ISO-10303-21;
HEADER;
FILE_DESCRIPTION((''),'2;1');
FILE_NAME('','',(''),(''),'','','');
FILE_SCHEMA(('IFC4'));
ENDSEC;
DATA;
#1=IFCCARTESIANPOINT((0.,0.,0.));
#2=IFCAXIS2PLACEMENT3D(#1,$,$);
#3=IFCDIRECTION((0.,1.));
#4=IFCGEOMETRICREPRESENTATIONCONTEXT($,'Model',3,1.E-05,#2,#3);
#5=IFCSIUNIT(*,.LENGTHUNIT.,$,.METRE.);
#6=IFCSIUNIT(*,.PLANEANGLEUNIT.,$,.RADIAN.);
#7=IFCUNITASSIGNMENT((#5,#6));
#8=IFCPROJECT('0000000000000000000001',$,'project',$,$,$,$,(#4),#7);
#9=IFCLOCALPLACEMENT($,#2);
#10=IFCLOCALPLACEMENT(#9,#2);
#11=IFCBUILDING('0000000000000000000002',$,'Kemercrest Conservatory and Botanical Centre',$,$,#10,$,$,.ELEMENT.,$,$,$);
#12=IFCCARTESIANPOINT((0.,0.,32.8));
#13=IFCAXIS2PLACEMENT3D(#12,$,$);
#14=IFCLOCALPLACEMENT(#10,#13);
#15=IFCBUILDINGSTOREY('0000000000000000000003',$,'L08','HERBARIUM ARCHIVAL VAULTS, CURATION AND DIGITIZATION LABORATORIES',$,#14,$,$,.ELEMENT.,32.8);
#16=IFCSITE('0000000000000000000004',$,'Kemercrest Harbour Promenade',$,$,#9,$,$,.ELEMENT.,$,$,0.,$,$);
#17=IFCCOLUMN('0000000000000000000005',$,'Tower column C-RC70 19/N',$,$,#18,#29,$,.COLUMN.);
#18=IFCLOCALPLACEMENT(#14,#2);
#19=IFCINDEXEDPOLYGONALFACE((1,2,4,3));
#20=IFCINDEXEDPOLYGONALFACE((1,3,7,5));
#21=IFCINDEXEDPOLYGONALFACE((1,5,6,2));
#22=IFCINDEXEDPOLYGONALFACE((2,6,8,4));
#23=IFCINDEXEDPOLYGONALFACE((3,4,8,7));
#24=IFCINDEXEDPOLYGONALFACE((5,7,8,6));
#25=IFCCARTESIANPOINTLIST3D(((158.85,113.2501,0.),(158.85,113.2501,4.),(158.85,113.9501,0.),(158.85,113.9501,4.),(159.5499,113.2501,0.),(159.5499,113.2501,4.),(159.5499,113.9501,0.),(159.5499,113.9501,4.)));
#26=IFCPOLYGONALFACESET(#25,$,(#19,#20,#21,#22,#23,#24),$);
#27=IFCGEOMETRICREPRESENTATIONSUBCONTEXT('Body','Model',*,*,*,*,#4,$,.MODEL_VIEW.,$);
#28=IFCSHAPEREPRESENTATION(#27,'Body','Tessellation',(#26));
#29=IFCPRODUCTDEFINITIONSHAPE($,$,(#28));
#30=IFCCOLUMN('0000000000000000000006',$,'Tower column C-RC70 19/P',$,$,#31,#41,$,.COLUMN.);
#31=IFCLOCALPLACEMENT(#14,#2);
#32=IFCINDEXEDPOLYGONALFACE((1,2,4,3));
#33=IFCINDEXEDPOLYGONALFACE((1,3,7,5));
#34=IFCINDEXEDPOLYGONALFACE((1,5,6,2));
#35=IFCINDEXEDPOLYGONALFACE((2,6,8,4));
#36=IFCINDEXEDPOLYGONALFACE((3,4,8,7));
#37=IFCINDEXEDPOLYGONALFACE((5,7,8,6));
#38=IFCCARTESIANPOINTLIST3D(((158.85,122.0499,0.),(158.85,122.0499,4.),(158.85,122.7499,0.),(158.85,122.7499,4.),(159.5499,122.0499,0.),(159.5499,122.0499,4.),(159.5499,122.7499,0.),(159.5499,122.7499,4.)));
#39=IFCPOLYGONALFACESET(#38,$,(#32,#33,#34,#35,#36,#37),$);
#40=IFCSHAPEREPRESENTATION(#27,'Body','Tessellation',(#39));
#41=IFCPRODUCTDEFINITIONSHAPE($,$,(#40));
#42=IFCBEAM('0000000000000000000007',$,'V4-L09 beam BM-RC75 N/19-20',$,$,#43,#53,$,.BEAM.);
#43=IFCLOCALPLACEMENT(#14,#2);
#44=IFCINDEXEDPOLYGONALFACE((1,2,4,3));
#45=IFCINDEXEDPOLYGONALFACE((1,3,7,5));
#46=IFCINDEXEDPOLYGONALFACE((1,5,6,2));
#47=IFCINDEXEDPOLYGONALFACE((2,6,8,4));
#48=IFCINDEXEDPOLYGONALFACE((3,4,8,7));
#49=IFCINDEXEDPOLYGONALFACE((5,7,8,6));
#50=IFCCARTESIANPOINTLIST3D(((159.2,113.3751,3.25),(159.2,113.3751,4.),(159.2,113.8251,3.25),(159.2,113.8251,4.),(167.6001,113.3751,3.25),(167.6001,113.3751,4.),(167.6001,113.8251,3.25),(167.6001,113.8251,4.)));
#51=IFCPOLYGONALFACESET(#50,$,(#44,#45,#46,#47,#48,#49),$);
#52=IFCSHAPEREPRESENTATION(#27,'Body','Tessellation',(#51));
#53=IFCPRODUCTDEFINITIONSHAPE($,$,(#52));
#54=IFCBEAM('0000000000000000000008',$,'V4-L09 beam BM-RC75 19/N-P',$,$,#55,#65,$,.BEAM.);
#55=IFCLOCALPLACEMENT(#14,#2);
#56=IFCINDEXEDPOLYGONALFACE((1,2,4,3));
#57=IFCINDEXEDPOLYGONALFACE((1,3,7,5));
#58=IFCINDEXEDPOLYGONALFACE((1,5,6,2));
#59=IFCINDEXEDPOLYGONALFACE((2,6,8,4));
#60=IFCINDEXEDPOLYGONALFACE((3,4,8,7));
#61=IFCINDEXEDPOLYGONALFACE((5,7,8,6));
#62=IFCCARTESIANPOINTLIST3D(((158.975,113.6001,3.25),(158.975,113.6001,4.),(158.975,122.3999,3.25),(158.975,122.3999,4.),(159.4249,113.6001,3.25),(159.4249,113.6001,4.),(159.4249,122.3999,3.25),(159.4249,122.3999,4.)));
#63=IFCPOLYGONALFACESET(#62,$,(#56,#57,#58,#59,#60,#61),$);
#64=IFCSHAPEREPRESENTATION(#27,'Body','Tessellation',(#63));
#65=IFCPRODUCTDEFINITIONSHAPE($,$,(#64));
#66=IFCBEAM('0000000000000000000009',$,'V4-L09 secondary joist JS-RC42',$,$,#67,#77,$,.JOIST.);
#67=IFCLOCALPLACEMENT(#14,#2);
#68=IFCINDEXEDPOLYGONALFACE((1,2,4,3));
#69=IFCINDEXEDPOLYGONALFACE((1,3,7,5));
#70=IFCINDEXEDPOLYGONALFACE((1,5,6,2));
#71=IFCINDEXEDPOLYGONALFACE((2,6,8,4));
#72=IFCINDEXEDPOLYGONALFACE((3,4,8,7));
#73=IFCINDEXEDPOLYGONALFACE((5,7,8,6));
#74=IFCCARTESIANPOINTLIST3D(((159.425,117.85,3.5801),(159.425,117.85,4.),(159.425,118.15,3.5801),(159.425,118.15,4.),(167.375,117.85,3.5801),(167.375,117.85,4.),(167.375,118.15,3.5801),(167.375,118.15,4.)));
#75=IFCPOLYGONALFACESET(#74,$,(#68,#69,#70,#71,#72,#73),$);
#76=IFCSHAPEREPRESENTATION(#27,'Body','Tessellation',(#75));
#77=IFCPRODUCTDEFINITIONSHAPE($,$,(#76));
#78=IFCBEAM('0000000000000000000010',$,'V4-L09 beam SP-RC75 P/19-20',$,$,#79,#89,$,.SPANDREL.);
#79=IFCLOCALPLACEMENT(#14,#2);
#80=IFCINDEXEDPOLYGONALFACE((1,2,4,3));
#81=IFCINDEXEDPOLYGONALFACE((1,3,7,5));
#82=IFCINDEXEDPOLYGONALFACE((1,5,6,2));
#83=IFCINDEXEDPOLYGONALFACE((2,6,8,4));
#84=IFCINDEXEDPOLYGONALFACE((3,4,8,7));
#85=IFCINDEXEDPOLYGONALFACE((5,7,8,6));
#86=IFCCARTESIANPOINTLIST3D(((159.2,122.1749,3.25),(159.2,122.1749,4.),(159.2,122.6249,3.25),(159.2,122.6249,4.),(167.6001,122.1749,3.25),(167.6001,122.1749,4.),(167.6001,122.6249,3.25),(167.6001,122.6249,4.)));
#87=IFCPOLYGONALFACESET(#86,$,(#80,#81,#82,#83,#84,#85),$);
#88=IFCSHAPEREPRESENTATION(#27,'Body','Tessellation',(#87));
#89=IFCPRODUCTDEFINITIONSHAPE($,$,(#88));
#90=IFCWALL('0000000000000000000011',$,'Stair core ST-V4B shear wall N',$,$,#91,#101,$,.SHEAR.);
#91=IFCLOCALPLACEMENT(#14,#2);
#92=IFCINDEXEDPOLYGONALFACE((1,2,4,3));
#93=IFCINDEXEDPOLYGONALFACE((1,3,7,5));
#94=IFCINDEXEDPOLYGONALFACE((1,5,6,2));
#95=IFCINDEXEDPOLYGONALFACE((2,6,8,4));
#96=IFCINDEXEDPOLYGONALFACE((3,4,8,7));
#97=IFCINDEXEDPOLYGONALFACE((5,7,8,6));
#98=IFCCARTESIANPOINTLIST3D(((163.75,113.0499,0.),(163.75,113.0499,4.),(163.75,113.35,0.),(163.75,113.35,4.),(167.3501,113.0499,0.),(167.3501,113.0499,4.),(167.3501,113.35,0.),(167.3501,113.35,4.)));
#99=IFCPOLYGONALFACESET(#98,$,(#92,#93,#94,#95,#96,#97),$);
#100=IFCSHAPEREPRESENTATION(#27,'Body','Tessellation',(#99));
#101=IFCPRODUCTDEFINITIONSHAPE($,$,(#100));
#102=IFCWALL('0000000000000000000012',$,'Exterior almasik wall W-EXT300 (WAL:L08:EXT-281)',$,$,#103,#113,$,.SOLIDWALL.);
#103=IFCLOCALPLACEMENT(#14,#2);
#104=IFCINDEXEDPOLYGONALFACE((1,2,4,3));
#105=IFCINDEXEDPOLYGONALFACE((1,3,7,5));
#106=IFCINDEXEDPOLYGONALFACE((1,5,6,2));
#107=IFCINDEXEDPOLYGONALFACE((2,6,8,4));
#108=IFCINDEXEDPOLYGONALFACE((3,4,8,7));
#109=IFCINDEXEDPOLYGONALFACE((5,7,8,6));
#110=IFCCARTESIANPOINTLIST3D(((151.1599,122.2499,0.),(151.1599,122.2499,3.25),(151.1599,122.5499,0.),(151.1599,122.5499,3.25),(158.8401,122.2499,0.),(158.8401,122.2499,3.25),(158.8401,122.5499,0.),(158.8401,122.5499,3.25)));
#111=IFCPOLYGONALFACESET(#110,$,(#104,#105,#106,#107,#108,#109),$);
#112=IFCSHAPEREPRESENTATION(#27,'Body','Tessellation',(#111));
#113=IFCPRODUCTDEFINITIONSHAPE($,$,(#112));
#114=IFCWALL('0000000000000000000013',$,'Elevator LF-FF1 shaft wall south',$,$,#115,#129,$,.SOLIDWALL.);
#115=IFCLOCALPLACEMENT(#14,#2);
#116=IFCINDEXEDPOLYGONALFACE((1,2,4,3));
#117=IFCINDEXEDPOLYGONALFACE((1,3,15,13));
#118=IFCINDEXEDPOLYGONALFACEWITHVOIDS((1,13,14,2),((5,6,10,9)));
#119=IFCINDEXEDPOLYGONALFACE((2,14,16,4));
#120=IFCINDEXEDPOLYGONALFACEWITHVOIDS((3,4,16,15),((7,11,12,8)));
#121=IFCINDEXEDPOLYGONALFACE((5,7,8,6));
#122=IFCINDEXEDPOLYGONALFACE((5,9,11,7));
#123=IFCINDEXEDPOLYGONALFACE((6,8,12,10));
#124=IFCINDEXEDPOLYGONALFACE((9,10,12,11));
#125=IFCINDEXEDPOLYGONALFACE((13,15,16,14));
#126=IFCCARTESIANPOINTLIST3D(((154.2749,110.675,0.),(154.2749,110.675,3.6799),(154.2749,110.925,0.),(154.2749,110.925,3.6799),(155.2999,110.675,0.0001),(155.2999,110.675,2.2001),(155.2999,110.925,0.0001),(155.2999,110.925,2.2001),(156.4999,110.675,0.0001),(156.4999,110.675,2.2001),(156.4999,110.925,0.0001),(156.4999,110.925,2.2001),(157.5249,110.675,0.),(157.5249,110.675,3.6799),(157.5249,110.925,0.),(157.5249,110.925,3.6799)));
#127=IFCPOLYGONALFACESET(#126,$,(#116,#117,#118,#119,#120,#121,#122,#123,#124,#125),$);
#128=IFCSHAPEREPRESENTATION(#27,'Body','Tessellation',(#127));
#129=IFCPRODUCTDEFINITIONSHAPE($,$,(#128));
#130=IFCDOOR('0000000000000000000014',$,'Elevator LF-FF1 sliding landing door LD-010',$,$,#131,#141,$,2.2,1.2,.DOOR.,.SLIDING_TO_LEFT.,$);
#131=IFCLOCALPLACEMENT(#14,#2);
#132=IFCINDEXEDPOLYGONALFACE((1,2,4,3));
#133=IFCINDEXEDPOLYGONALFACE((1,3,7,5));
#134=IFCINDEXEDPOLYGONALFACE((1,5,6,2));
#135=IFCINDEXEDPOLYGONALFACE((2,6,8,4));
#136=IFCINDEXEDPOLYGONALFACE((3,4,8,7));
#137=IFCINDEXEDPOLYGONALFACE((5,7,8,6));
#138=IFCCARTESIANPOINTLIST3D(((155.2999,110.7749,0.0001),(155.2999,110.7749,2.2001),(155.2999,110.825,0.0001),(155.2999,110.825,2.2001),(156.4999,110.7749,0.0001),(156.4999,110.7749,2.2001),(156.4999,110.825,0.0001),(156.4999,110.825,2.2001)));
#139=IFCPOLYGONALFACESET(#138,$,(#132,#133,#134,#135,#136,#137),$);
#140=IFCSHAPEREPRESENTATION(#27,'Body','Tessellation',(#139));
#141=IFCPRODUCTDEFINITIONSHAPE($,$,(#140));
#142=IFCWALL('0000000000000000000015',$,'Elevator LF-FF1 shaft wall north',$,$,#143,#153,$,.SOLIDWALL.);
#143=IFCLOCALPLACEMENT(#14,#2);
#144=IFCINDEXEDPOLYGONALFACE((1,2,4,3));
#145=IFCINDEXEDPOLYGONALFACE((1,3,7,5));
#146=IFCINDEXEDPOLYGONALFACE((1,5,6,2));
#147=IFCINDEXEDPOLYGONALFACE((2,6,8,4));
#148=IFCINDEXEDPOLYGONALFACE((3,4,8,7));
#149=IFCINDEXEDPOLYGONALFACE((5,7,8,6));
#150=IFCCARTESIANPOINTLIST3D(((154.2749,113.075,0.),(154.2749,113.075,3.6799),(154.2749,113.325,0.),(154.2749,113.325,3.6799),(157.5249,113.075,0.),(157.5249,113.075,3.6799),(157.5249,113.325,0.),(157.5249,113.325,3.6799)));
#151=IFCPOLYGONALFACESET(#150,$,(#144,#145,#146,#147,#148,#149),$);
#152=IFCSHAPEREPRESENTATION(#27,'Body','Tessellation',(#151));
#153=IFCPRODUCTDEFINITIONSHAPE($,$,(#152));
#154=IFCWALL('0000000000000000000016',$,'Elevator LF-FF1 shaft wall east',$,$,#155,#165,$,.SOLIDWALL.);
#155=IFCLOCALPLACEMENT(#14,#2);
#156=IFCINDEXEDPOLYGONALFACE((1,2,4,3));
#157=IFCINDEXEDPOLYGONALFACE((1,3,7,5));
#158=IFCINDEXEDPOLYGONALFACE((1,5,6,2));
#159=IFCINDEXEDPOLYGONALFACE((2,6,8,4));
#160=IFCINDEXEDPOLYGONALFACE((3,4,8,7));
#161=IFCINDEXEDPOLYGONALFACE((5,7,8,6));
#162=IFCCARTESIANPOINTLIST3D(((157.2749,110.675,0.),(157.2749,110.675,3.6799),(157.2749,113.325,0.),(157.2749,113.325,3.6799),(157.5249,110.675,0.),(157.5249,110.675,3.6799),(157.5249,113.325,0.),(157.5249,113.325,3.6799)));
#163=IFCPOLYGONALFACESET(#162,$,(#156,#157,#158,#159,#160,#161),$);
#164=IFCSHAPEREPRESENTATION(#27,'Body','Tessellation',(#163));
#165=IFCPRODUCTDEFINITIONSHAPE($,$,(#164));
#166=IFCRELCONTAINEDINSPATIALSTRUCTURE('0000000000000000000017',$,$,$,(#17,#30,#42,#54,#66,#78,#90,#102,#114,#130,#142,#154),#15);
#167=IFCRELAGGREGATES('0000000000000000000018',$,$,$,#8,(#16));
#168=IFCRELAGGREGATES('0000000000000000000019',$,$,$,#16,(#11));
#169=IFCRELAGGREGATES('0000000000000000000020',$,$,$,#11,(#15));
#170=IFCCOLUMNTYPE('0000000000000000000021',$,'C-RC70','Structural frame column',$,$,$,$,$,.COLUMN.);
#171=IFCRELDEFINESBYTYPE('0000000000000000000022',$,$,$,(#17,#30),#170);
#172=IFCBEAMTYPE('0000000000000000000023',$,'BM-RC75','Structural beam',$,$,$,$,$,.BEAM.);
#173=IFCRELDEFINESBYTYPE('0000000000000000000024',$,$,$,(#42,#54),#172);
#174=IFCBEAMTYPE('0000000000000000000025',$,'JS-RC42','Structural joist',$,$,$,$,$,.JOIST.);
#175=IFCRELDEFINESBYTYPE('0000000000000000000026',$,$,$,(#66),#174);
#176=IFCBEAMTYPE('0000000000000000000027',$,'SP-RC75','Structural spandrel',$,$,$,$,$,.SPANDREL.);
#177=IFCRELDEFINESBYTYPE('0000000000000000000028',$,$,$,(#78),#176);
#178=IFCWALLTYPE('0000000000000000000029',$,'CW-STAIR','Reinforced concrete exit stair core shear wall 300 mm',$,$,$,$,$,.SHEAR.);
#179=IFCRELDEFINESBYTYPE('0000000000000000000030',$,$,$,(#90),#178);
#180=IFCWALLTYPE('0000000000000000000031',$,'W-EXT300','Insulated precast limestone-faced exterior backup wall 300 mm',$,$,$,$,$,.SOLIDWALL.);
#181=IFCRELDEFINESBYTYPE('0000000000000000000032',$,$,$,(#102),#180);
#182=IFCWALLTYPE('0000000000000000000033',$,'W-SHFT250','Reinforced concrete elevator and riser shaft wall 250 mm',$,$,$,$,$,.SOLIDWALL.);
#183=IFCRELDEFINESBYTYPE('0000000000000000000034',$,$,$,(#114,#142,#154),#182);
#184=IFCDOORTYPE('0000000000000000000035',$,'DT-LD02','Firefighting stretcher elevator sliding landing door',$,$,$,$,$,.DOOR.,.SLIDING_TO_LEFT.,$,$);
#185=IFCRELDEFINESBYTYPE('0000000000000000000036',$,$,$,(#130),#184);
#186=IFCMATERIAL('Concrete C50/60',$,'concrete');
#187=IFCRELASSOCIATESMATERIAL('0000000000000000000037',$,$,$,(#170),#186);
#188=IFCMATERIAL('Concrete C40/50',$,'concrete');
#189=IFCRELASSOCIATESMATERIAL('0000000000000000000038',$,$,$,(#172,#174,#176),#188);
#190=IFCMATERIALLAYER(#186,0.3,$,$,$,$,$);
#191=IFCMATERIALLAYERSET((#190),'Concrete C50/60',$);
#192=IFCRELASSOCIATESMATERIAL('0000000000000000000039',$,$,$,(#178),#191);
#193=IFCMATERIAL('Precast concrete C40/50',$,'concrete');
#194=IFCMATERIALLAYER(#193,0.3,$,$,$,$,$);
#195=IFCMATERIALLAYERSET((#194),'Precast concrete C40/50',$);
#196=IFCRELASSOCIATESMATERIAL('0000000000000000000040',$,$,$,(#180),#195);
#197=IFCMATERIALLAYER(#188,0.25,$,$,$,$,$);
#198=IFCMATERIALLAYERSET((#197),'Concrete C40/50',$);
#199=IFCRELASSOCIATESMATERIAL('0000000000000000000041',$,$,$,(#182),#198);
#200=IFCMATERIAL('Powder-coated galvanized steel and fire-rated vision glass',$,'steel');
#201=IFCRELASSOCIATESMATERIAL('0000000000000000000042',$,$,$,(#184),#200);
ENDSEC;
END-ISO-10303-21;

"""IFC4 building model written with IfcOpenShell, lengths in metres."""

from ifc_helpers import new_model, si_unit, direction, frame, frame_2d, origin, origin_2d, place, context, subcontext, project, spatial, rectangle, extrude, material, layer, layer_set, material_profile, profile_set, type_object, element, fill, save


model = new_model("IFC4")

# Units and contexts
model_context = context("Model", 3, precision=1e-05, world=origin(), true_north=direction((0.0, 1.0)))
body_context = subcontext(model_context, "Body", "Model", "MODEL_VIEW")
ifc_project = project(units=[si_unit("LENGTHUNIT", "METRE"), si_unit("PLANEANGLEUNIT", "RADIAN")], contexts=[model_context])

# Site, building, storey
site_placement = place(None, origin())
site = spatial("IfcSite", under=ifc_project, at=site_placement, Name="Kemercrest Harbour Promenade", CompositionType="ELEMENT", RefElevation=0.0)
building_placement = place(site_placement, origin())
building = spatial("IfcBuilding", under=site, at=building_placement, Name="Kemercrest Conservatory and Botanical Centre", CompositionType="ELEMENT")
storey_placement = place(building_placement, frame((0.0, 0.0, 32.8)))
storey = spatial("IfcBuildingStorey", under=building, at=storey_placement, Name="L08", Description="HERBARIUM ARCHIVAL VAULTS, CURATION AND DIGITIZATION LABORATORIES", CompositionType="ELEMENT", Elevation=32.8)

# Columns
ifc_material_1 = material(Name="Concrete C50/60", Category="concrete")
ifc_material_profile_1 = material_profile(ifc_material_1, rectangle(XDim=0.7, YDim=0.7, at=origin_2d()), Name="RC 700x700")
ifc_profile_set_1 = profile_set([ifc_material_profile_1], Name="Concrete C50/60")
column_type = type_object("IfcColumnType", Name="C-RC70", Description="Structural frame column", PredefinedType="COLUMN", material=ifc_profile_set_1)
for number, where, z_axis, x_axis, name in (
    (1, (159.2, 113.6001, 0.0), (0.0, 0.0, 1.0), (1.0, 0.0, 0.0), "Tower column C-RC70 19/N"),
    (2, (159.2, 122.3999, 0.0), (0.0, 0.0, 1.0), (1.0, 0.0, 0.0), "Tower column C-RC70 19/P"),
):
    element("IfcColumn", number, at=place(storey_placement, frame(where, z_axis=z_axis, x_axis=x_axis)), inside=storey, type_object=column_type, Name=name, PredefinedType="COLUMN", context=body_context, shape_type="SweptSolid", body=[
        extrude(rectangle(XDim=0.7, YDim=0.7, at=origin_2d()), origin(), (0.0, 0.0, 1.0), 4.0),
    ])

# Beams
ifc_material_2 = material(Name="Concrete C40/50", Category="concrete")
ifc_material_profile_2 = material_profile(ifc_material_2, rectangle(XDim=0.45, YDim=0.75, at=origin_2d()), Name="RC 450x750")
ifc_profile_set_2 = profile_set([ifc_material_profile_2], Name="Concrete C40/50")
beam_type_1 = type_object("IfcBeamType", Name="BM-RC75", Description="Structural beam", PredefinedType="BEAM", material=ifc_profile_set_2)
beam_1_placement = place(storey_placement, frame((159.2, 113.6001, 3.625), z_axis=(1.0, 0.0, 0.0), x_axis=(0.0, 1.0, 0.0)))
element("IfcBeam", 3, at=beam_1_placement, inside=storey, type_object=beam_type_1, Name="V4-L09 beam BM-RC75 N/19-20", PredefinedType="BEAM", context=body_context, shape_type="SweptSolid", body=[
    extrude(rectangle(XDim=0.45, YDim=0.75, at=origin_2d()), origin(), (0.0, 0.0, 1.0), 8.4001),
])
beam_2_placement = place(storey_placement, frame((159.2, 113.6001, 3.625), z_axis=(0.0, 1.0, 0.0), x_axis=(-1.0, 0.0, 0.0)))
element("IfcBeam", 4, at=beam_2_placement, inside=storey, type_object=beam_type_1, Name="V4-L09 beam BM-RC75 19/N-P", PredefinedType="BEAM", context=body_context, shape_type="SweptSolid", body=[
    extrude(rectangle(XDim=0.45, YDim=0.75, at=origin_2d()), origin(), (0.0, 0.0, 1.0), 8.7998),
])
ifc_material_profile_3 = material_profile(ifc_material_2, rectangle(XDim=0.3, YDim=0.4199, at=origin_2d()), Name="RC 300x420")
ifc_profile_set_3 = profile_set([ifc_material_profile_3], Name="Concrete C40/50")
beam_type_2 = type_object("IfcBeamType", Name="JS-RC42", Description="Structural joist", PredefinedType="JOIST", material=ifc_profile_set_3)
beam_3_placement = place(storey_placement, frame((159.425, 118.0, 3.79), z_axis=(1.0, 0.0, 0.0), x_axis=(0.0, 1.0, 0.0)))
element("IfcBeam", 5, at=beam_3_placement, inside=storey, type_object=beam_type_2, Name="V4-L09 secondary joist JS-RC42", PredefinedType="JOIST", context=body_context, shape_type="SweptSolid", body=[
    extrude(rectangle(XDim=0.3, YDim=0.4199, at=origin_2d()), origin(), (0.0, 0.0, 1.0), 7.95),
])
ifc_material_profile_4 = material_profile(ifc_material_2, rectangle(XDim=0.45, YDim=0.75, at=origin_2d()), Name="RC 450x750")
ifc_profile_set_4 = profile_set([ifc_material_profile_4], Name="Concrete C40/50")
beam_type_3 = type_object("IfcBeamType", Name="SP-RC75", Description="Structural spandrel", PredefinedType="SPANDREL", material=ifc_profile_set_4)
beam_4_placement = place(storey_placement, frame((159.2, 122.3999, 3.625), z_axis=(1.0, 0.0, 0.0), x_axis=(0.0, 1.0, 0.0)))
element("IfcBeam", 6, at=beam_4_placement, inside=storey, type_object=beam_type_3, Name="V4-L09 beam SP-RC75 P/19-20", PredefinedType="SPANDREL", context=body_context, shape_type="SweptSolid", body=[
    extrude(rectangle(XDim=0.45, YDim=0.75, at=origin_2d()), origin(), (0.0, 0.0, 1.0), 8.4001),
])

# Walls
ifc_layer_1 = layer(ifc_material_1, 0.3)
ifc_layer_set_1 = layer_set([ifc_layer_1], Name="Concrete C50/60")
wall_type_1 = type_object("IfcWallType", Name="CW-STAIR", Description="Reinforced concrete exit stair core shear wall 300 mm", PredefinedType="SHEAR", material=ifc_layer_set_1)
wall_1_placement = place(storey_placement, frame((163.75, 113.2, 0.0), z_axis=(0.0, 0.0, 1.0), x_axis=(1.0, 0.0, 0.0)))
element("IfcWall", 7, at=wall_1_placement, inside=storey, type_object=wall_type_1, Name="Stair core ST-V4B shear wall N", PredefinedType="SHEAR", context=body_context, shape_type="SweptSolid", body=[
    extrude(rectangle(XDim=3.6001, YDim=0.3, at=frame_2d((1.8, 0.0))), origin(), (0.0, 0.0, 1.0), 4.0),
])
ifc_material_3 = material(Name="Precast concrete C40/50", Category="concrete")
ifc_layer_2 = layer(ifc_material_3, 0.3)
ifc_layer_set_2 = layer_set([ifc_layer_2], Name="Precast concrete C40/50")
wall_type_2 = type_object("IfcWallType", Name="W-EXT300", Description="Insulated precast limestone-faced exterior backup wall 300 mm", PredefinedType="SOLIDWALL", material=ifc_layer_set_2)
wall_2_placement = place(storey_placement, frame((158.8401, 122.3999, 0.0), z_axis=(0.0, 0.0, 1.0), x_axis=(-1.0, 0.0, 0.0)))
element("IfcWall", 8, at=wall_2_placement, inside=storey, type_object=wall_type_2, Name="Exterior almasik wall W-EXT300 (WAL:L08:EXT-281)", PredefinedType="SOLIDWALL", context=body_context, shape_type="SweptSolid", body=[
    extrude(rectangle(XDim=7.6802, YDim=0.3, at=frame_2d((3.8401, 0.0))), origin(), (0.0, 0.0, 1.0), 3.25),
])

# Wall, opening, door
ifc_layer_3 = layer(ifc_material_2, 0.25)
ifc_layer_set_3 = layer_set([ifc_layer_3], Name="Concrete C40/50")
wall_type_3 = type_object("IfcWallType", Name="W-SHFT250", Description="Reinforced concrete elevator and riser shaft wall 250 mm", PredefinedType="SOLIDWALL", material=ifc_layer_set_3)
wall_3_placement = place(storey_placement, frame((154.2749, 110.8, 0.0), z_axis=(0.0, 0.0, 1.0), x_axis=(1.0, 0.0, 0.0)))
wall_3 = element("IfcWall", 9, at=wall_3_placement, inside=storey, type_object=wall_type_3, Name="Elevator LF-FF1 shaft wall south", PredefinedType="SOLIDWALL", context=body_context, shape_type="SweptSolid", body=[
    extrude(rectangle(XDim=3.25, YDim=0.25, at=frame_2d((1.625, 0.0))), origin(), (0.0, 0.0, 1.0), 3.6799),
])
opening_1_placement = place(wall_3_placement, frame((1.0249, 0.0, 0.0)))
opening_1 = element("IfcOpeningElement", 10, at=opening_1_placement, cuts=wall_3, PredefinedType="OPENING", context=body_context, shape_type="SweptSolid", body=[
    extrude(rectangle(XDim=1.2, YDim=2.2, at=frame_2d((0.6001, 1.1001))), frame((0.0, 0.135, 0.0), z_axis=(0.0, -1.0, 0.0), x_axis=(1.0, 0.0, 0.0)), (0.0, 0.0, 1.0), 0.27),
])
ifc_material_4 = material(Name="Powder-coated galvanized steel and fire-rated vision glass", Category="steel")
door_type_1 = type_object("IfcDoorType", Name="DT-LD02", Description="Firefighting stretcher elevator sliding landing door", OperationType="SLIDING_TO_LEFT", PredefinedType="DOOR", material=ifc_material_4)
door_1_placement = place(opening_1_placement, origin())
door_1 = element("IfcDoor", 11, at=door_1_placement, inside=storey, type_object=door_type_1, Name="Elevator LF-FF1 sliding landing door LD-010", OperationType="SLIDING_TO_LEFT", OverallHeight=2.2, OverallWidth=1.2, PredefinedType="DOOR", context=body_context, shape_type="SweptSolid", body=[
    extrude(rectangle(XDim=1.2, YDim=2.2, at=frame_2d((0.6001, 1.1001))), frame((0.0, 0.0249, 0.0), z_axis=(0.0, -1.0, 0.0), x_axis=(1.0, 0.0, 0.0)), (0.0, 0.0, 1.0), 0.05),
])
fill(opening_1, door_1)

# Walls
wall_4_placement = place(storey_placement, frame((154.2749, 113.2, 0.0), z_axis=(0.0, 0.0, 1.0), x_axis=(1.0, 0.0, 0.0)))
element("IfcWall", 12, at=wall_4_placement, inside=storey, type_object=wall_type_3, Name="Elevator LF-FF1 shaft wall north", PredefinedType="SOLIDWALL", context=body_context, shape_type="SweptSolid", body=[
    extrude(rectangle(XDim=3.25, YDim=0.25, at=frame_2d((1.625, 0.0))), origin(), (0.0, 0.0, 1.0), 3.6799),
])
wall_5_placement = place(storey_placement, frame((157.3999, 110.675, 0.0), z_axis=(0.0, 0.0, 1.0), x_axis=(0.0, 1.0, 0.0)))
element("IfcWall", 13, at=wall_5_placement, inside=storey, type_object=wall_type_3, Name="Elevator LF-FF1 shaft wall east", PredefinedType="SOLIDWALL", context=body_context, shape_type="SweptSolid", body=[
    extrude(rectangle(XDim=2.6499, YDim=0.25, at=frame_2d((1.325, 0.0))), origin(), (0.0, 0.0, 1.0), 3.6799),
])

save(model, "model.ifc")
